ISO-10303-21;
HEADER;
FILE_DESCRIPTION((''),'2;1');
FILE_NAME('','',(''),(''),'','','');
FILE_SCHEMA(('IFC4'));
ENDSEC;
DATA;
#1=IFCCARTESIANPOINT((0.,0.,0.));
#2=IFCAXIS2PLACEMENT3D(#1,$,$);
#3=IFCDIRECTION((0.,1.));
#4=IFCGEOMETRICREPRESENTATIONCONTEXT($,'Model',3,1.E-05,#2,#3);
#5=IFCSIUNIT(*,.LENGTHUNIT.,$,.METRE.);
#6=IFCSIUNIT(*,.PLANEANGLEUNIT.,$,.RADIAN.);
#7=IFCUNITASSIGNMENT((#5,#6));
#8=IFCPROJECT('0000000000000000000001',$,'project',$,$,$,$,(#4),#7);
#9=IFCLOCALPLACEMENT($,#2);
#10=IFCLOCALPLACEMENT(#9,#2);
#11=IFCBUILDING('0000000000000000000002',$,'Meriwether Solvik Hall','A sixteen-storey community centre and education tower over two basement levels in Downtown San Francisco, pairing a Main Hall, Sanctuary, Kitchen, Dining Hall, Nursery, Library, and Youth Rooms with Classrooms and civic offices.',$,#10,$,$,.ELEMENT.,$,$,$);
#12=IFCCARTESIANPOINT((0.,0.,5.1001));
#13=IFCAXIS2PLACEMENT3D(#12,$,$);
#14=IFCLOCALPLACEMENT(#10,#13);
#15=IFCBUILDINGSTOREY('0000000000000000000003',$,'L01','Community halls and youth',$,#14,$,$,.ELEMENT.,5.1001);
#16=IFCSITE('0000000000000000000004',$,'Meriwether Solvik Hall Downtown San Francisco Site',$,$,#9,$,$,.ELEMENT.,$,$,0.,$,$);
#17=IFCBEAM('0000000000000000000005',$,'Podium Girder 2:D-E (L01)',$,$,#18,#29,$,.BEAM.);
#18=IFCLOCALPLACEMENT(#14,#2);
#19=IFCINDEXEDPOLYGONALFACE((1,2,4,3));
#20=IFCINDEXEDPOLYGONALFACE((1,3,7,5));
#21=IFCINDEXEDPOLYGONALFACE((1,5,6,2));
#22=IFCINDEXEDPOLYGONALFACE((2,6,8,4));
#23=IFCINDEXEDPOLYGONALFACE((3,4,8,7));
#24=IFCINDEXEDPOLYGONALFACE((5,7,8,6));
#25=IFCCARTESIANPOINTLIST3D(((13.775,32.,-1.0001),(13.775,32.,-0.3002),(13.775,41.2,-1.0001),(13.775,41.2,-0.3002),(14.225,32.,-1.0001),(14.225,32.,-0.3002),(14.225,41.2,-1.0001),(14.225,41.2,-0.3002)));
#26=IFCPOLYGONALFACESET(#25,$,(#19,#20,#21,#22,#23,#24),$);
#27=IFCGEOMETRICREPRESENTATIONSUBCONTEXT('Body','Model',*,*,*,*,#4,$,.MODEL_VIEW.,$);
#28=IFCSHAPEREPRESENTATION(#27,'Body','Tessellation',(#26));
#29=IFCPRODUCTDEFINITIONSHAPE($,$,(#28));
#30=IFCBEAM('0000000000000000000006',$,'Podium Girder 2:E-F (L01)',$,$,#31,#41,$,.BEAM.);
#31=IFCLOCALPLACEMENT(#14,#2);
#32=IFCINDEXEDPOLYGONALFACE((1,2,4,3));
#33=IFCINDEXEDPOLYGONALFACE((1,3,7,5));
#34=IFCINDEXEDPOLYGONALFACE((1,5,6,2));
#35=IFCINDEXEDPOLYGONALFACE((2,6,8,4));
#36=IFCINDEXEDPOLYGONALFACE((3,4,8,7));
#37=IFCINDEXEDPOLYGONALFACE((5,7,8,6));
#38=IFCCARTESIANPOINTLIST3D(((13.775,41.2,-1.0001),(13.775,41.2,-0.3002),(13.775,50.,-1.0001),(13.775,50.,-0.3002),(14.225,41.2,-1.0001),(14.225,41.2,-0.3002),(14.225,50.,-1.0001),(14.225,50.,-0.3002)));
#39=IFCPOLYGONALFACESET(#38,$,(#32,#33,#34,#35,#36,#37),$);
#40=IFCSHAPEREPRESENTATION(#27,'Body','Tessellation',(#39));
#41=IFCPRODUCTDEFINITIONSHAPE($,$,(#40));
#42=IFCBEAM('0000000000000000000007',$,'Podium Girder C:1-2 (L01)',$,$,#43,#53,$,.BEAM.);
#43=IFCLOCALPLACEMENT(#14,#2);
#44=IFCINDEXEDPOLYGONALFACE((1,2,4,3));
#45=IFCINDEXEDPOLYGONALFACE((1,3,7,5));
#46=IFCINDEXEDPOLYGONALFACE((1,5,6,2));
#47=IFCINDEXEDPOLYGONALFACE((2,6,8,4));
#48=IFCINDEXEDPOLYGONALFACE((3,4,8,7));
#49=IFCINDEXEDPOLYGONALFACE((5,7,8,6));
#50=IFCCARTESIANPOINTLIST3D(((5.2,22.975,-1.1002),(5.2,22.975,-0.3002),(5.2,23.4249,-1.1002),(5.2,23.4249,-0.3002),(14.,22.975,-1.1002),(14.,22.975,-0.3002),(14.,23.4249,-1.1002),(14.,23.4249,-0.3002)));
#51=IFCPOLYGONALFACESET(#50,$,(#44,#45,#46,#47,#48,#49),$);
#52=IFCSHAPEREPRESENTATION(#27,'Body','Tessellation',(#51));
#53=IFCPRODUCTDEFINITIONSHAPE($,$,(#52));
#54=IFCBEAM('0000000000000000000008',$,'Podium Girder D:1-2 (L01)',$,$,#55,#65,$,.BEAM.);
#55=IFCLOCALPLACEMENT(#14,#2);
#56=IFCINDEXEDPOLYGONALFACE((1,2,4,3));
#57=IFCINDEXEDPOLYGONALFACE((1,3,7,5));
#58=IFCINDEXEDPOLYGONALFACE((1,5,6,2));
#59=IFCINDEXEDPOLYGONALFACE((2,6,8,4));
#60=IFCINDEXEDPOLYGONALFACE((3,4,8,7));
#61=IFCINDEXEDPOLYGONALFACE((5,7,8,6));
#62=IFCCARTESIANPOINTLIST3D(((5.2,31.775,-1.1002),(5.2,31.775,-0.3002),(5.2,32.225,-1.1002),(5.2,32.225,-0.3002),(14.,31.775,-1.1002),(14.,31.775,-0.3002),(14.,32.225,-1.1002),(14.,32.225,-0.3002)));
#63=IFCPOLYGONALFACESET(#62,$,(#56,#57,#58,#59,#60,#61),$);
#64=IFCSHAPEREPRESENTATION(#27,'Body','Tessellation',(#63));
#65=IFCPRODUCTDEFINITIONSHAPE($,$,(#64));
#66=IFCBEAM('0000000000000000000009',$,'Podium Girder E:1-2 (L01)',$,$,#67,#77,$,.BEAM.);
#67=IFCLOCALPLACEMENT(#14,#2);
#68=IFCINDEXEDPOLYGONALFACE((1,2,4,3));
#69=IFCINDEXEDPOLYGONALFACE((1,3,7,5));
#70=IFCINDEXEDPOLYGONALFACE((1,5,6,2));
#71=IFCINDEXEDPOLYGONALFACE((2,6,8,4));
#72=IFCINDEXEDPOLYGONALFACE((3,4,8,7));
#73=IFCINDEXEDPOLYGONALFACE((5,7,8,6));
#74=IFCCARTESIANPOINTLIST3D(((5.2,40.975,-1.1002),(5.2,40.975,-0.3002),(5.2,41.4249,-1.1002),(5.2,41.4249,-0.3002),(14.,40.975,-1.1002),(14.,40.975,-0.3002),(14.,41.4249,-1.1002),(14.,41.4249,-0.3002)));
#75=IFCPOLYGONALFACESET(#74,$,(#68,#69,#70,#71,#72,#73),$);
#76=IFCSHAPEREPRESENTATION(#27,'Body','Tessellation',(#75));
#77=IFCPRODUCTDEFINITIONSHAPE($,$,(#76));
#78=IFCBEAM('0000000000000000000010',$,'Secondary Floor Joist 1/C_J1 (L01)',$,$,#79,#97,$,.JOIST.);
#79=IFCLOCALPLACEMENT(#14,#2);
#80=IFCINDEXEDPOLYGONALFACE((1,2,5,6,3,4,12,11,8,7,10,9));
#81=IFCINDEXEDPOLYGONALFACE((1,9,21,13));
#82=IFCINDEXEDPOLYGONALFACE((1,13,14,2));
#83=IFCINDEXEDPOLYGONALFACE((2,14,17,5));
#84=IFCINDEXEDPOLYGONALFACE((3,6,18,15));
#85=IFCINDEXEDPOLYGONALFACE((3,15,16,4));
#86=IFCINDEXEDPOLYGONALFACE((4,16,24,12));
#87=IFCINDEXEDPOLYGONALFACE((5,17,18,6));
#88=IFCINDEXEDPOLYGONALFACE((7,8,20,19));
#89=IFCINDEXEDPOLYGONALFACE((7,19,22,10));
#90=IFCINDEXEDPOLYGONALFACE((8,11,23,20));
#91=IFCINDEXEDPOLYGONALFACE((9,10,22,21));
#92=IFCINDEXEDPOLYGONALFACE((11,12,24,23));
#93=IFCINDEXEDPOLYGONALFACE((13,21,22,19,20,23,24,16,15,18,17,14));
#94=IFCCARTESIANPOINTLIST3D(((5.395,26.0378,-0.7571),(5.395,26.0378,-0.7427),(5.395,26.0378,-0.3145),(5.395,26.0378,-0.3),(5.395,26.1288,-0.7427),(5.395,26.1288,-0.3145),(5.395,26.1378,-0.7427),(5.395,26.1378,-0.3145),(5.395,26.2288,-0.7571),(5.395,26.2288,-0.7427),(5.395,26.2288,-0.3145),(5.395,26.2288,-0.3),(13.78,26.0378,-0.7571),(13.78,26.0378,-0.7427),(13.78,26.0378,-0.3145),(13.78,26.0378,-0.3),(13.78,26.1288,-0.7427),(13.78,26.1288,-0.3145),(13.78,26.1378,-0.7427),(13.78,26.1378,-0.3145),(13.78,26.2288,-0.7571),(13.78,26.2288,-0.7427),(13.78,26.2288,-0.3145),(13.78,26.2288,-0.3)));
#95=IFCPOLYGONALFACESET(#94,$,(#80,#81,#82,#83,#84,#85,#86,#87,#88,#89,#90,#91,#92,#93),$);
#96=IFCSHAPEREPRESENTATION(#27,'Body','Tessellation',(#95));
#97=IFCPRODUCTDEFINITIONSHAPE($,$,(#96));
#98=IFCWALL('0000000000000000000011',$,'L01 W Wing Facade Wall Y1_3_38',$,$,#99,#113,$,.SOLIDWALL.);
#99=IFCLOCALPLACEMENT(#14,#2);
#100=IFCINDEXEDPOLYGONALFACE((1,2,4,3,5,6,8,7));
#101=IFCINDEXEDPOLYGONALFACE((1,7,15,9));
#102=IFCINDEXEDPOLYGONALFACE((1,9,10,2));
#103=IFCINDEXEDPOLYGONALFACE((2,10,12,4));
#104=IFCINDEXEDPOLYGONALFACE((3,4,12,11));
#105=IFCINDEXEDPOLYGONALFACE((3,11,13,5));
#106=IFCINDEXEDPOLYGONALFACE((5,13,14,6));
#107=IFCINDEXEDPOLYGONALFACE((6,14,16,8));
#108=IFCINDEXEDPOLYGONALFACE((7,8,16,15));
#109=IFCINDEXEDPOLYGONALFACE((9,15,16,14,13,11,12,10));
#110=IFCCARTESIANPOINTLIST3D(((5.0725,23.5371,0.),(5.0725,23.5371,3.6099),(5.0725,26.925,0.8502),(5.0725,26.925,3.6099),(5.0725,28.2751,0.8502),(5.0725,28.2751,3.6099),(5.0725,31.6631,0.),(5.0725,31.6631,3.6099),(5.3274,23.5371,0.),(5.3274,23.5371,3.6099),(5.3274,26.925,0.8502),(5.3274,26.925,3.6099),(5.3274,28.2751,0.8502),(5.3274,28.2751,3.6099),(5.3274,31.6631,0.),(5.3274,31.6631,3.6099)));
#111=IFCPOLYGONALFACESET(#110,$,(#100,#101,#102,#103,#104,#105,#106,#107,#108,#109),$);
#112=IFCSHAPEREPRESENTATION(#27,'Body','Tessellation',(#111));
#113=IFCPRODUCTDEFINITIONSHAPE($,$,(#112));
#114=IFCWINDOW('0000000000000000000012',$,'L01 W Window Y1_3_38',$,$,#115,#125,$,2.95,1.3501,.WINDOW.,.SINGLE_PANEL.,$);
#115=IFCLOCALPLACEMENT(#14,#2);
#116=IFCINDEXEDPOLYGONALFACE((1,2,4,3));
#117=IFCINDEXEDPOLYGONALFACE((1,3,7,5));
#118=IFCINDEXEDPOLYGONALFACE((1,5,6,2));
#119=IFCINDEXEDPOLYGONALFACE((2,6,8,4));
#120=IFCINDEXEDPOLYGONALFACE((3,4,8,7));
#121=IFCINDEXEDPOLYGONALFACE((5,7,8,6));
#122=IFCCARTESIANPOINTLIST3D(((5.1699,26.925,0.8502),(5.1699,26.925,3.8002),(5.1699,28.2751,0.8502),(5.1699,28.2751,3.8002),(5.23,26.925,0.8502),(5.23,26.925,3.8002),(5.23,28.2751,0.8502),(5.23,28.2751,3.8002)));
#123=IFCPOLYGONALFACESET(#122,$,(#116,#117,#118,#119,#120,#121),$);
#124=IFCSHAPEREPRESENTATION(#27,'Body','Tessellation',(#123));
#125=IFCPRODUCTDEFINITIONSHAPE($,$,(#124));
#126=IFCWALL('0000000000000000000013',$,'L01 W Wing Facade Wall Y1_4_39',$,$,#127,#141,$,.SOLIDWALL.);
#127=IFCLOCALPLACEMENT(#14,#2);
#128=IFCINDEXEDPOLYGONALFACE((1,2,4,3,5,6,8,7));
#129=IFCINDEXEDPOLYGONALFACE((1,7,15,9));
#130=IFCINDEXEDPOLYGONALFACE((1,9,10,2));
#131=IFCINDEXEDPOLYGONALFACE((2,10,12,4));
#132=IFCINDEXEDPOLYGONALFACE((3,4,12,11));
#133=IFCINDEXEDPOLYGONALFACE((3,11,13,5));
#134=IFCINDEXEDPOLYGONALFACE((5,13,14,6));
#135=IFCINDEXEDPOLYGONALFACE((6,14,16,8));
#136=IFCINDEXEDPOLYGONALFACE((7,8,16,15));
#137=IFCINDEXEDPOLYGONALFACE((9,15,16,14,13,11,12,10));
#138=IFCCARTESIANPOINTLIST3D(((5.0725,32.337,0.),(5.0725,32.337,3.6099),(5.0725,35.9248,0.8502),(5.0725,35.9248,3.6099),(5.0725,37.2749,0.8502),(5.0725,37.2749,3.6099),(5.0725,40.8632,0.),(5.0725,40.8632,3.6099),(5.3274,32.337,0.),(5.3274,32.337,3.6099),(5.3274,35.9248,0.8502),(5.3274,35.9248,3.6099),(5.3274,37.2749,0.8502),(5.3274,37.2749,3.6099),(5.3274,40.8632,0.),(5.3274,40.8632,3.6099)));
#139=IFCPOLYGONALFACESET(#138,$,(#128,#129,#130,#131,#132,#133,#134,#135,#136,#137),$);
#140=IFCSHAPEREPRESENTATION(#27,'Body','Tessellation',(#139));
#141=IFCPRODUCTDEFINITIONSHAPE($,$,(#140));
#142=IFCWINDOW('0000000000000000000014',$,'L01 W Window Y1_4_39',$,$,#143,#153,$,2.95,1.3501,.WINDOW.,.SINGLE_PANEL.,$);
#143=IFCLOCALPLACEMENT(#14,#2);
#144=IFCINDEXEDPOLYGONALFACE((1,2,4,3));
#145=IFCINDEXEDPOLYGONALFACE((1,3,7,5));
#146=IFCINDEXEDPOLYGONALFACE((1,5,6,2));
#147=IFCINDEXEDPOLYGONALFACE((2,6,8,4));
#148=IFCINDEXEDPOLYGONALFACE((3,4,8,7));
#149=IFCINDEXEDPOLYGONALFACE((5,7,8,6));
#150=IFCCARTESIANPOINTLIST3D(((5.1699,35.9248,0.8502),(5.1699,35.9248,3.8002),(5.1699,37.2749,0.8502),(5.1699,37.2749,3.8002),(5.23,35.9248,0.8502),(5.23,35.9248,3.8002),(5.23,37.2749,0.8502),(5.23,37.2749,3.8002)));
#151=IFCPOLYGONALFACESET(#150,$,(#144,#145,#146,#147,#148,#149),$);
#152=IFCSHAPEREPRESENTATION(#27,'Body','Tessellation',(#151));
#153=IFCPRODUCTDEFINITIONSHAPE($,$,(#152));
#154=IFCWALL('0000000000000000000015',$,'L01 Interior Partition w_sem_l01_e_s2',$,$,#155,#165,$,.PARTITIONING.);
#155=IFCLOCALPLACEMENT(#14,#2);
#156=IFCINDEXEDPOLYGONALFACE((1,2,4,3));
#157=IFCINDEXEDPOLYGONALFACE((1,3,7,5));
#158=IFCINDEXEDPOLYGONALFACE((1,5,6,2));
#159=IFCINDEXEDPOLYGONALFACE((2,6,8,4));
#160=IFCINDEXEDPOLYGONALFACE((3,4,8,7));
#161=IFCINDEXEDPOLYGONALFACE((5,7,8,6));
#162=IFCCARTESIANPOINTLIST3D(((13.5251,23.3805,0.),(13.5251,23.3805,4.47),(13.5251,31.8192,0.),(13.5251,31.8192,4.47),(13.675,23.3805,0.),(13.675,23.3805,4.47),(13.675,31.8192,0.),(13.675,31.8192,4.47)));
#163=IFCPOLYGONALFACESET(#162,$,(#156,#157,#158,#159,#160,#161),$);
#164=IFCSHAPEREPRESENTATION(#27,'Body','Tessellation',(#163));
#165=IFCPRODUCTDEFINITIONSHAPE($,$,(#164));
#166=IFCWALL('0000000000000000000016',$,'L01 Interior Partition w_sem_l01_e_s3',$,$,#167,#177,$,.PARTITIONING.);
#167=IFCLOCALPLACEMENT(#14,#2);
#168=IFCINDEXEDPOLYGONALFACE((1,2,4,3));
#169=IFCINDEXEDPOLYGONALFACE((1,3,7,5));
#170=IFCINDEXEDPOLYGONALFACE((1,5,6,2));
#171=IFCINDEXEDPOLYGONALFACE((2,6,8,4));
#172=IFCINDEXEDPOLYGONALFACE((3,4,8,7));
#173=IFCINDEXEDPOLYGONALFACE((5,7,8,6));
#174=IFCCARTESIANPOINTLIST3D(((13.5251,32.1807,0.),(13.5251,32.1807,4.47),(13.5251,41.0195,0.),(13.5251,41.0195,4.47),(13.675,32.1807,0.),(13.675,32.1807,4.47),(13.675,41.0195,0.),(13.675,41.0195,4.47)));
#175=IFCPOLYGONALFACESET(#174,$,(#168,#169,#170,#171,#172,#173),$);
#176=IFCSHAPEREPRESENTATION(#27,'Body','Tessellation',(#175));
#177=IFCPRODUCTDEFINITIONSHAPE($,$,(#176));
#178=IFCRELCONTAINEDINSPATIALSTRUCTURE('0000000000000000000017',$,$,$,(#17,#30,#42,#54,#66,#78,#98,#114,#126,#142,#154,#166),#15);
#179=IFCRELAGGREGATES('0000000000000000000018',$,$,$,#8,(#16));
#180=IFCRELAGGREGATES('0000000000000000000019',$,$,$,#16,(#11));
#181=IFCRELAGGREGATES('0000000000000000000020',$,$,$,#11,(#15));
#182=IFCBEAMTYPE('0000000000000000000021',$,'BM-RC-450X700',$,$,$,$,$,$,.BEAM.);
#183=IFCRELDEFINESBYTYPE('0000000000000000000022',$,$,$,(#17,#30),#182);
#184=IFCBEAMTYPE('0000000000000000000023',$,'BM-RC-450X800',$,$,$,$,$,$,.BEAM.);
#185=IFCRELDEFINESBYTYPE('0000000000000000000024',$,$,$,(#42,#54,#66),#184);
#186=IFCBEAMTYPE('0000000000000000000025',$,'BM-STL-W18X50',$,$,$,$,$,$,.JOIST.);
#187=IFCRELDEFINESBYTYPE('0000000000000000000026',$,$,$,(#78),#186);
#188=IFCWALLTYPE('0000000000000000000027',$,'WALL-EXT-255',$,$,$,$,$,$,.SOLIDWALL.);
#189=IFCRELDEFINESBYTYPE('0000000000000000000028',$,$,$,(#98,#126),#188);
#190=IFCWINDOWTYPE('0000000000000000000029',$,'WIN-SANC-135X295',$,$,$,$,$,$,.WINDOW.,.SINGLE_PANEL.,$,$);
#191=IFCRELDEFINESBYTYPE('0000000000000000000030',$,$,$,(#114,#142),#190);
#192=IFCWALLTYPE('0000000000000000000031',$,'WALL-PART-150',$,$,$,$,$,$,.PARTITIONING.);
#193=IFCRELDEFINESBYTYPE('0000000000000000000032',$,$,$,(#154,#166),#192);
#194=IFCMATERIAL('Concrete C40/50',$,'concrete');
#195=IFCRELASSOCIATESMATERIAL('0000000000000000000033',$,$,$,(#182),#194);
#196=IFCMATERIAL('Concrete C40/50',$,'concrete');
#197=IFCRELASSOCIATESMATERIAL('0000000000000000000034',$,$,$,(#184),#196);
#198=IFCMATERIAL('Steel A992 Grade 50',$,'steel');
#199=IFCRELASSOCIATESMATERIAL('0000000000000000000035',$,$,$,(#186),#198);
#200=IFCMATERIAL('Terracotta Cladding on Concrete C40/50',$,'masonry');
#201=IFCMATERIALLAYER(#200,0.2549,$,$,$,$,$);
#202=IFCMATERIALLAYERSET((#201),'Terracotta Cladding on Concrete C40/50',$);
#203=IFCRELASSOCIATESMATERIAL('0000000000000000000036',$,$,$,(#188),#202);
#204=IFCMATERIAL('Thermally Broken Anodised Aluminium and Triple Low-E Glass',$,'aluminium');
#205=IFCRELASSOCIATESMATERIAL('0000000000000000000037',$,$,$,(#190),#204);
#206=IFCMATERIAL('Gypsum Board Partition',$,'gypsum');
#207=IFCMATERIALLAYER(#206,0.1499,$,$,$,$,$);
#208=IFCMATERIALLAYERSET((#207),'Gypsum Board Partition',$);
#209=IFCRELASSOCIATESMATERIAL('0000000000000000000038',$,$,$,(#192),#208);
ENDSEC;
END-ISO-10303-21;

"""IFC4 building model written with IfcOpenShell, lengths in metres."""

from ifc_helpers import new_model, si_unit, direction, frame, frame_2d, origin, origin_2d, place, context, subcontext, project, spatial, rectangle, i_section, extrude, material, layer, layer_set, material_profile, profile_set, type_object, element, fill, save


model = new_model("IFC4")

# Units and contexts
model_context = context("Model", 3, precision=1e-05, world=origin(), true_north=direction((0.0, 1.0)))
body_context = subcontext(model_context, "Body", "Model", "MODEL_VIEW")
ifc_project = project(units=[si_unit("LENGTHUNIT", "METRE"), si_unit("PLANEANGLEUNIT", "RADIAN")], contexts=[model_context])

# Site, building, storey
site_placement = place(None, origin())
site = spatial("IfcSite", under=ifc_project, at=site_placement, Name="Meriwether Solvik Hall Downtown San Francisco Site", CompositionType="ELEMENT", RefElevation=0.0)
building_placement = place(site_placement, origin())
building = spatial("IfcBuilding", under=site, at=building_placement, Name="Meriwether Solvik Hall", Description="A sixteen-storey community centre and education tower over two basement levels in Downtown San Francisco, pairing a Main Hall, Sanctuary, Kitchen, Dining Hall, Nursery, Library, and Youth Rooms with Classrooms and civic offices.", CompositionType="ELEMENT")
storey_placement = place(building_placement, frame((0.0, 0.0, 5.1001)))
storey = spatial("IfcBuildingStorey", under=building, at=storey_placement, Name="L01", Description="Community halls and youth", CompositionType="ELEMENT", Elevation=5.1001)

# Beams
ifc_material_1 = material(Name="Concrete C40/50", Category="concrete")
ifc_material_profile_1 = material_profile(ifc_material_1, rectangle(XDim=0.45, YDim=0.7, at=origin_2d()), Name="RCB-450X700")
ifc_profile_set_1 = profile_set([ifc_material_profile_1], Name="Concrete C40/50")
beam_type_1 = type_object("IfcBeamType", Name="BM-RC-450X700", PredefinedType="BEAM", material=ifc_profile_set_1)
beam_1_placement = place(storey_placement, frame((14.0, 32.0, -0.6501), z_axis=(0.0, 1.0, 0.0), x_axis=(-1.0, 0.0, 0.0)))
element("IfcBeam", 1, at=beam_1_placement, inside=storey, type_object=beam_type_1, Name="Podium Girder 2:D-E (L01)", PredefinedType="BEAM", context=body_context, shape_type="SweptSolid", body=[
    extrude(rectangle(XDim=0.45, YDim=0.7, at=origin_2d()), origin(), (0.0, 0.0, 1.0), 9.2),
])
beam_2_placement = place(storey_placement, frame((14.0, 41.2, -0.6501), z_axis=(0.0, 1.0, 0.0), x_axis=(-1.0, 0.0, 0.0)))
element("IfcBeam", 2, at=beam_2_placement, inside=storey, type_object=beam_type_1, Name="Podium Girder 2:E-F (L01)", PredefinedType="BEAM", context=body_context, shape_type="SweptSolid", body=[
    extrude(rectangle(XDim=0.45, YDim=0.7, at=origin_2d()), origin(), (0.0, 0.0, 1.0), 8.8),
])
ifc_material_2 = material(Name="Concrete C40/50", Category="concrete")
ifc_material_profile_2 = material_profile(ifc_material_2, rectangle(XDim=0.45, YDim=0.8, at=origin_2d()), Name="RCB-450X800")
ifc_profile_set_2 = profile_set([ifc_material_profile_2], Name="Concrete C40/50")
beam_type_2 = type_object("IfcBeamType", Name="BM-RC-450X800", PredefinedType="BEAM", material=ifc_profile_set_2)
for number, where, z_axis, x_axis, name in (
    (3, (5.2, 23.2, -0.7002), (1.0, 0.0, 0.0), (0.0, 1.0, 0.0), "Podium Girder C:1-2 (L01)"),
    (4, (5.2, 32.0, -0.7002), (1.0, 0.0, 0.0), (0.0, 1.0, 0.0), "Podium Girder D:1-2 (L01)"),
    (5, (5.2, 41.2, -0.7002), (1.0, 0.0, 0.0), (0.0, 1.0, 0.0), "Podium Girder E:1-2 (L01)"),
):
    element("IfcBeam", number, at=place(storey_placement, frame(where, z_axis=z_axis, x_axis=x_axis)), inside=storey, type_object=beam_type_2, Name=name, PredefinedType="BEAM", context=body_context, shape_type="SweptSolid", body=[
        extrude(rectangle(XDim=0.45, YDim=0.8, at=origin_2d()), origin(), (0.0, 0.0, 1.0), 8.8),
    ])
ifc_material_3 = material(Name="Steel A992 Grade 50", Category="steel")
ifc_material_profile_3 = material_profile(ifc_material_3, i_section(OverallWidth=0.1909, OverallDepth=0.457, WebThickness=0.009, FlangeThickness=0.0144, at=origin_2d()), Name="W18X50")
ifc_profile_set_3 = profile_set([ifc_material_profile_3], Name="Steel A992 Grade 50")
beam_type_3 = type_object("IfcBeamType", Name="BM-STL-W18X50", PredefinedType="JOIST", material=ifc_profile_set_3)
beam_3_placement = place(storey_placement, frame((5.395, 26.1333, -0.5286), z_axis=(1.0, 0.0, 0.0), x_axis=(0.0, 1.0, 0.0)))
element("IfcBeam", 6, at=beam_3_placement, inside=storey, type_object=beam_type_3, Name="Secondary Floor Joist 1/C_J1 (L01)", PredefinedType="JOIST", context=body_context, shape_type="SweptSolid", body=[
    extrude(i_section(OverallWidth=0.1909, OverallDepth=0.457, WebThickness=0.009, FlangeThickness=0.0144, at=origin_2d()), origin(), (0.0, 0.0, 1.0), 8.385),
])

# Walls, openings, windows
ifc_material_4 = material(Name="Terracotta Cladding on Concrete C40/50", Category="masonry")
ifc_layer_1 = layer(ifc_material_4, 0.2549)
ifc_layer_set_1 = layer_set([ifc_layer_1], Name="Terracotta Cladding on Concrete C40/50")
wall_type_1 = type_object("IfcWallType", Name="WALL-EXT-255", PredefinedType="SOLIDWALL", material=ifc_layer_set_1)
wall_1_placement = place(storey_placement, frame((5.2, 23.5371, 0.0), z_axis=(0.0, 0.0, 1.0), x_axis=(0.0, 1.0, 0.0)))
wall_1 = element("IfcWall", 7, at=wall_1_placement, inside=storey, type_object=wall_type_1, Name="L01 W Wing Facade Wall Y1_3_38", PredefinedType="SOLIDWALL", context=body_context, shape_type="SweptSolid", body=[
    extrude(rectangle(XDim=8.126, YDim=0.2549, at=frame_2d((4.063, 0.0))), origin(), (0.0, 0.0, 1.0), 3.6099),
])
opening_1_placement = place(wall_1_placement, frame((3.3879, 0.0, 0.8501)))
opening_1 = element("IfcOpeningElement", 8, at=opening_1_placement, cuts=wall_1, PredefinedType="OPENING", context=body_context, shape_type="SweptSolid", body=[
    extrude(rectangle(XDim=1.3501, YDim=2.95, at=frame_2d((0.675, 1.4751))), frame((0.0, 0.1394, 0.0), z_axis=(0.0, -1.0, 0.0), x_axis=(1.0, 0.0, 0.0)), (0.0, 0.0, 1.0), 0.2788),
])
ifc_material_5 = material(Name="Thermally Broken Anodised Aluminium and Triple Low-E Glass", Category="aluminium")
window_type = type_object("IfcWindowType", Name="WIN-SANC-135X295", PartitioningType="SINGLE_PANEL", PredefinedType="WINDOW", material=ifc_material_5)
window_1_placement = place(opening_1_placement, origin())
window_1 = element("IfcWindow", 9, at=window_1_placement, inside=storey, type_object=window_type, Name="L01 W Window Y1_3_38", OverallHeight=2.95, OverallWidth=1.3501, PartitioningType="SINGLE_PANEL", PredefinedType="WINDOW", context=body_context, shape_type="SweptSolid", body=[
    extrude(rectangle(XDim=1.3501, YDim=2.95, at=frame_2d((0.675, 1.4751))), frame((0.0, 0.03, 0.0), z_axis=(0.0, -1.0, 0.0), x_axis=(1.0, 0.0, 0.0)), (0.0, 0.0, 1.0), 0.0601),
])
fill(opening_1, window_1)
wall_2_placement = place(storey_placement, frame((5.2, 32.3369, 0.0), z_axis=(0.0, 0.0, 1.0), x_axis=(0.0, 1.0, 0.0)))
wall_2 = element("IfcWall", 10, at=wall_2_placement, inside=storey, type_object=wall_type_1, Name="L01 W Wing Facade Wall Y1_4_39", PredefinedType="SOLIDWALL", context=body_context, shape_type="SweptSolid", body=[
    extrude(rectangle(XDim=8.5261, YDim=0.2549, at=frame_2d((4.2632, 0.0))), origin(), (0.0, 0.0, 1.0), 3.6099),
])
opening_2_placement = place(wall_2_placement, frame((3.5879, 0.0, 0.8501)))
opening_2 = element("IfcOpeningElement", 11, at=opening_2_placement, cuts=wall_2, PredefinedType="OPENING", context=body_context, shape_type="SweptSolid", body=[
    extrude(rectangle(XDim=1.3501, YDim=2.95, at=frame_2d((0.675, 1.4751))), frame((0.0, 0.1394, 0.0), z_axis=(0.0, -1.0, 0.0), x_axis=(1.0, 0.0, 0.0)), (0.0, 0.0, 1.0), 0.2788),
])
window_2_placement = place(opening_2_placement, origin())
window_2 = element("IfcWindow", 12, at=window_2_placement, inside=storey, type_object=window_type, Name="L01 W Window Y1_4_39", OverallHeight=2.95, OverallWidth=1.3501, PartitioningType="SINGLE_PANEL", PredefinedType="WINDOW", context=body_context, shape_type="SweptSolid", body=[
    extrude(rectangle(XDim=1.3501, YDim=2.95, at=frame_2d((0.675, 1.4751))), frame((0.0, 0.03, 0.0), z_axis=(0.0, -1.0, 0.0), x_axis=(1.0, 0.0, 0.0)), (0.0, 0.0, 1.0), 0.0601),
])
fill(opening_2, window_2)

# Walls
ifc_material_6 = material(Name="Gypsum Board Partition", Category="gypsum")
ifc_layer_2 = layer(ifc_material_6, 0.1499)
ifc_layer_set_2 = layer_set([ifc_layer_2], Name="Gypsum Board Partition")
wall_type_2 = type_object("IfcWallType", Name="WALL-PART-150", PredefinedType="PARTITIONING", material=ifc_layer_set_2)
wall_3_placement = place(storey_placement, frame((13.6001, 23.3806, 0.0), z_axis=(0.0, 0.0, 1.0), x_axis=(0.0, 1.0, 0.0)))
element("IfcWall", 13, at=wall_3_placement, inside=storey, type_object=wall_type_2, Name="L01 Interior Partition w_sem_l01_e_s2", PredefinedType="PARTITIONING", context=body_context, shape_type="SweptSolid", body=[
    extrude(rectangle(XDim=8.4387, YDim=0.1499, at=frame_2d((4.2192, 0.0))), origin(), (0.0, 0.0, 1.0), 4.47),
])
wall_4_placement = place(storey_placement, frame((13.6001, 32.1807, 0.0), z_axis=(0.0, 0.0, 1.0), x_axis=(0.0, 1.0, 0.0)))
element("IfcWall", 14, at=wall_4_placement, inside=storey, type_object=wall_type_2, Name="L01 Interior Partition w_sem_l01_e_s3", PredefinedType="PARTITIONING", context=body_context, shape_type="SweptSolid", body=[
    extrude(rectangle(XDim=8.8389, YDim=0.1499, at=frame_2d((4.4194, 0.0))), origin(), (0.0, 0.0, 1.0), 4.47),
])

save(model, "model.ifc")
